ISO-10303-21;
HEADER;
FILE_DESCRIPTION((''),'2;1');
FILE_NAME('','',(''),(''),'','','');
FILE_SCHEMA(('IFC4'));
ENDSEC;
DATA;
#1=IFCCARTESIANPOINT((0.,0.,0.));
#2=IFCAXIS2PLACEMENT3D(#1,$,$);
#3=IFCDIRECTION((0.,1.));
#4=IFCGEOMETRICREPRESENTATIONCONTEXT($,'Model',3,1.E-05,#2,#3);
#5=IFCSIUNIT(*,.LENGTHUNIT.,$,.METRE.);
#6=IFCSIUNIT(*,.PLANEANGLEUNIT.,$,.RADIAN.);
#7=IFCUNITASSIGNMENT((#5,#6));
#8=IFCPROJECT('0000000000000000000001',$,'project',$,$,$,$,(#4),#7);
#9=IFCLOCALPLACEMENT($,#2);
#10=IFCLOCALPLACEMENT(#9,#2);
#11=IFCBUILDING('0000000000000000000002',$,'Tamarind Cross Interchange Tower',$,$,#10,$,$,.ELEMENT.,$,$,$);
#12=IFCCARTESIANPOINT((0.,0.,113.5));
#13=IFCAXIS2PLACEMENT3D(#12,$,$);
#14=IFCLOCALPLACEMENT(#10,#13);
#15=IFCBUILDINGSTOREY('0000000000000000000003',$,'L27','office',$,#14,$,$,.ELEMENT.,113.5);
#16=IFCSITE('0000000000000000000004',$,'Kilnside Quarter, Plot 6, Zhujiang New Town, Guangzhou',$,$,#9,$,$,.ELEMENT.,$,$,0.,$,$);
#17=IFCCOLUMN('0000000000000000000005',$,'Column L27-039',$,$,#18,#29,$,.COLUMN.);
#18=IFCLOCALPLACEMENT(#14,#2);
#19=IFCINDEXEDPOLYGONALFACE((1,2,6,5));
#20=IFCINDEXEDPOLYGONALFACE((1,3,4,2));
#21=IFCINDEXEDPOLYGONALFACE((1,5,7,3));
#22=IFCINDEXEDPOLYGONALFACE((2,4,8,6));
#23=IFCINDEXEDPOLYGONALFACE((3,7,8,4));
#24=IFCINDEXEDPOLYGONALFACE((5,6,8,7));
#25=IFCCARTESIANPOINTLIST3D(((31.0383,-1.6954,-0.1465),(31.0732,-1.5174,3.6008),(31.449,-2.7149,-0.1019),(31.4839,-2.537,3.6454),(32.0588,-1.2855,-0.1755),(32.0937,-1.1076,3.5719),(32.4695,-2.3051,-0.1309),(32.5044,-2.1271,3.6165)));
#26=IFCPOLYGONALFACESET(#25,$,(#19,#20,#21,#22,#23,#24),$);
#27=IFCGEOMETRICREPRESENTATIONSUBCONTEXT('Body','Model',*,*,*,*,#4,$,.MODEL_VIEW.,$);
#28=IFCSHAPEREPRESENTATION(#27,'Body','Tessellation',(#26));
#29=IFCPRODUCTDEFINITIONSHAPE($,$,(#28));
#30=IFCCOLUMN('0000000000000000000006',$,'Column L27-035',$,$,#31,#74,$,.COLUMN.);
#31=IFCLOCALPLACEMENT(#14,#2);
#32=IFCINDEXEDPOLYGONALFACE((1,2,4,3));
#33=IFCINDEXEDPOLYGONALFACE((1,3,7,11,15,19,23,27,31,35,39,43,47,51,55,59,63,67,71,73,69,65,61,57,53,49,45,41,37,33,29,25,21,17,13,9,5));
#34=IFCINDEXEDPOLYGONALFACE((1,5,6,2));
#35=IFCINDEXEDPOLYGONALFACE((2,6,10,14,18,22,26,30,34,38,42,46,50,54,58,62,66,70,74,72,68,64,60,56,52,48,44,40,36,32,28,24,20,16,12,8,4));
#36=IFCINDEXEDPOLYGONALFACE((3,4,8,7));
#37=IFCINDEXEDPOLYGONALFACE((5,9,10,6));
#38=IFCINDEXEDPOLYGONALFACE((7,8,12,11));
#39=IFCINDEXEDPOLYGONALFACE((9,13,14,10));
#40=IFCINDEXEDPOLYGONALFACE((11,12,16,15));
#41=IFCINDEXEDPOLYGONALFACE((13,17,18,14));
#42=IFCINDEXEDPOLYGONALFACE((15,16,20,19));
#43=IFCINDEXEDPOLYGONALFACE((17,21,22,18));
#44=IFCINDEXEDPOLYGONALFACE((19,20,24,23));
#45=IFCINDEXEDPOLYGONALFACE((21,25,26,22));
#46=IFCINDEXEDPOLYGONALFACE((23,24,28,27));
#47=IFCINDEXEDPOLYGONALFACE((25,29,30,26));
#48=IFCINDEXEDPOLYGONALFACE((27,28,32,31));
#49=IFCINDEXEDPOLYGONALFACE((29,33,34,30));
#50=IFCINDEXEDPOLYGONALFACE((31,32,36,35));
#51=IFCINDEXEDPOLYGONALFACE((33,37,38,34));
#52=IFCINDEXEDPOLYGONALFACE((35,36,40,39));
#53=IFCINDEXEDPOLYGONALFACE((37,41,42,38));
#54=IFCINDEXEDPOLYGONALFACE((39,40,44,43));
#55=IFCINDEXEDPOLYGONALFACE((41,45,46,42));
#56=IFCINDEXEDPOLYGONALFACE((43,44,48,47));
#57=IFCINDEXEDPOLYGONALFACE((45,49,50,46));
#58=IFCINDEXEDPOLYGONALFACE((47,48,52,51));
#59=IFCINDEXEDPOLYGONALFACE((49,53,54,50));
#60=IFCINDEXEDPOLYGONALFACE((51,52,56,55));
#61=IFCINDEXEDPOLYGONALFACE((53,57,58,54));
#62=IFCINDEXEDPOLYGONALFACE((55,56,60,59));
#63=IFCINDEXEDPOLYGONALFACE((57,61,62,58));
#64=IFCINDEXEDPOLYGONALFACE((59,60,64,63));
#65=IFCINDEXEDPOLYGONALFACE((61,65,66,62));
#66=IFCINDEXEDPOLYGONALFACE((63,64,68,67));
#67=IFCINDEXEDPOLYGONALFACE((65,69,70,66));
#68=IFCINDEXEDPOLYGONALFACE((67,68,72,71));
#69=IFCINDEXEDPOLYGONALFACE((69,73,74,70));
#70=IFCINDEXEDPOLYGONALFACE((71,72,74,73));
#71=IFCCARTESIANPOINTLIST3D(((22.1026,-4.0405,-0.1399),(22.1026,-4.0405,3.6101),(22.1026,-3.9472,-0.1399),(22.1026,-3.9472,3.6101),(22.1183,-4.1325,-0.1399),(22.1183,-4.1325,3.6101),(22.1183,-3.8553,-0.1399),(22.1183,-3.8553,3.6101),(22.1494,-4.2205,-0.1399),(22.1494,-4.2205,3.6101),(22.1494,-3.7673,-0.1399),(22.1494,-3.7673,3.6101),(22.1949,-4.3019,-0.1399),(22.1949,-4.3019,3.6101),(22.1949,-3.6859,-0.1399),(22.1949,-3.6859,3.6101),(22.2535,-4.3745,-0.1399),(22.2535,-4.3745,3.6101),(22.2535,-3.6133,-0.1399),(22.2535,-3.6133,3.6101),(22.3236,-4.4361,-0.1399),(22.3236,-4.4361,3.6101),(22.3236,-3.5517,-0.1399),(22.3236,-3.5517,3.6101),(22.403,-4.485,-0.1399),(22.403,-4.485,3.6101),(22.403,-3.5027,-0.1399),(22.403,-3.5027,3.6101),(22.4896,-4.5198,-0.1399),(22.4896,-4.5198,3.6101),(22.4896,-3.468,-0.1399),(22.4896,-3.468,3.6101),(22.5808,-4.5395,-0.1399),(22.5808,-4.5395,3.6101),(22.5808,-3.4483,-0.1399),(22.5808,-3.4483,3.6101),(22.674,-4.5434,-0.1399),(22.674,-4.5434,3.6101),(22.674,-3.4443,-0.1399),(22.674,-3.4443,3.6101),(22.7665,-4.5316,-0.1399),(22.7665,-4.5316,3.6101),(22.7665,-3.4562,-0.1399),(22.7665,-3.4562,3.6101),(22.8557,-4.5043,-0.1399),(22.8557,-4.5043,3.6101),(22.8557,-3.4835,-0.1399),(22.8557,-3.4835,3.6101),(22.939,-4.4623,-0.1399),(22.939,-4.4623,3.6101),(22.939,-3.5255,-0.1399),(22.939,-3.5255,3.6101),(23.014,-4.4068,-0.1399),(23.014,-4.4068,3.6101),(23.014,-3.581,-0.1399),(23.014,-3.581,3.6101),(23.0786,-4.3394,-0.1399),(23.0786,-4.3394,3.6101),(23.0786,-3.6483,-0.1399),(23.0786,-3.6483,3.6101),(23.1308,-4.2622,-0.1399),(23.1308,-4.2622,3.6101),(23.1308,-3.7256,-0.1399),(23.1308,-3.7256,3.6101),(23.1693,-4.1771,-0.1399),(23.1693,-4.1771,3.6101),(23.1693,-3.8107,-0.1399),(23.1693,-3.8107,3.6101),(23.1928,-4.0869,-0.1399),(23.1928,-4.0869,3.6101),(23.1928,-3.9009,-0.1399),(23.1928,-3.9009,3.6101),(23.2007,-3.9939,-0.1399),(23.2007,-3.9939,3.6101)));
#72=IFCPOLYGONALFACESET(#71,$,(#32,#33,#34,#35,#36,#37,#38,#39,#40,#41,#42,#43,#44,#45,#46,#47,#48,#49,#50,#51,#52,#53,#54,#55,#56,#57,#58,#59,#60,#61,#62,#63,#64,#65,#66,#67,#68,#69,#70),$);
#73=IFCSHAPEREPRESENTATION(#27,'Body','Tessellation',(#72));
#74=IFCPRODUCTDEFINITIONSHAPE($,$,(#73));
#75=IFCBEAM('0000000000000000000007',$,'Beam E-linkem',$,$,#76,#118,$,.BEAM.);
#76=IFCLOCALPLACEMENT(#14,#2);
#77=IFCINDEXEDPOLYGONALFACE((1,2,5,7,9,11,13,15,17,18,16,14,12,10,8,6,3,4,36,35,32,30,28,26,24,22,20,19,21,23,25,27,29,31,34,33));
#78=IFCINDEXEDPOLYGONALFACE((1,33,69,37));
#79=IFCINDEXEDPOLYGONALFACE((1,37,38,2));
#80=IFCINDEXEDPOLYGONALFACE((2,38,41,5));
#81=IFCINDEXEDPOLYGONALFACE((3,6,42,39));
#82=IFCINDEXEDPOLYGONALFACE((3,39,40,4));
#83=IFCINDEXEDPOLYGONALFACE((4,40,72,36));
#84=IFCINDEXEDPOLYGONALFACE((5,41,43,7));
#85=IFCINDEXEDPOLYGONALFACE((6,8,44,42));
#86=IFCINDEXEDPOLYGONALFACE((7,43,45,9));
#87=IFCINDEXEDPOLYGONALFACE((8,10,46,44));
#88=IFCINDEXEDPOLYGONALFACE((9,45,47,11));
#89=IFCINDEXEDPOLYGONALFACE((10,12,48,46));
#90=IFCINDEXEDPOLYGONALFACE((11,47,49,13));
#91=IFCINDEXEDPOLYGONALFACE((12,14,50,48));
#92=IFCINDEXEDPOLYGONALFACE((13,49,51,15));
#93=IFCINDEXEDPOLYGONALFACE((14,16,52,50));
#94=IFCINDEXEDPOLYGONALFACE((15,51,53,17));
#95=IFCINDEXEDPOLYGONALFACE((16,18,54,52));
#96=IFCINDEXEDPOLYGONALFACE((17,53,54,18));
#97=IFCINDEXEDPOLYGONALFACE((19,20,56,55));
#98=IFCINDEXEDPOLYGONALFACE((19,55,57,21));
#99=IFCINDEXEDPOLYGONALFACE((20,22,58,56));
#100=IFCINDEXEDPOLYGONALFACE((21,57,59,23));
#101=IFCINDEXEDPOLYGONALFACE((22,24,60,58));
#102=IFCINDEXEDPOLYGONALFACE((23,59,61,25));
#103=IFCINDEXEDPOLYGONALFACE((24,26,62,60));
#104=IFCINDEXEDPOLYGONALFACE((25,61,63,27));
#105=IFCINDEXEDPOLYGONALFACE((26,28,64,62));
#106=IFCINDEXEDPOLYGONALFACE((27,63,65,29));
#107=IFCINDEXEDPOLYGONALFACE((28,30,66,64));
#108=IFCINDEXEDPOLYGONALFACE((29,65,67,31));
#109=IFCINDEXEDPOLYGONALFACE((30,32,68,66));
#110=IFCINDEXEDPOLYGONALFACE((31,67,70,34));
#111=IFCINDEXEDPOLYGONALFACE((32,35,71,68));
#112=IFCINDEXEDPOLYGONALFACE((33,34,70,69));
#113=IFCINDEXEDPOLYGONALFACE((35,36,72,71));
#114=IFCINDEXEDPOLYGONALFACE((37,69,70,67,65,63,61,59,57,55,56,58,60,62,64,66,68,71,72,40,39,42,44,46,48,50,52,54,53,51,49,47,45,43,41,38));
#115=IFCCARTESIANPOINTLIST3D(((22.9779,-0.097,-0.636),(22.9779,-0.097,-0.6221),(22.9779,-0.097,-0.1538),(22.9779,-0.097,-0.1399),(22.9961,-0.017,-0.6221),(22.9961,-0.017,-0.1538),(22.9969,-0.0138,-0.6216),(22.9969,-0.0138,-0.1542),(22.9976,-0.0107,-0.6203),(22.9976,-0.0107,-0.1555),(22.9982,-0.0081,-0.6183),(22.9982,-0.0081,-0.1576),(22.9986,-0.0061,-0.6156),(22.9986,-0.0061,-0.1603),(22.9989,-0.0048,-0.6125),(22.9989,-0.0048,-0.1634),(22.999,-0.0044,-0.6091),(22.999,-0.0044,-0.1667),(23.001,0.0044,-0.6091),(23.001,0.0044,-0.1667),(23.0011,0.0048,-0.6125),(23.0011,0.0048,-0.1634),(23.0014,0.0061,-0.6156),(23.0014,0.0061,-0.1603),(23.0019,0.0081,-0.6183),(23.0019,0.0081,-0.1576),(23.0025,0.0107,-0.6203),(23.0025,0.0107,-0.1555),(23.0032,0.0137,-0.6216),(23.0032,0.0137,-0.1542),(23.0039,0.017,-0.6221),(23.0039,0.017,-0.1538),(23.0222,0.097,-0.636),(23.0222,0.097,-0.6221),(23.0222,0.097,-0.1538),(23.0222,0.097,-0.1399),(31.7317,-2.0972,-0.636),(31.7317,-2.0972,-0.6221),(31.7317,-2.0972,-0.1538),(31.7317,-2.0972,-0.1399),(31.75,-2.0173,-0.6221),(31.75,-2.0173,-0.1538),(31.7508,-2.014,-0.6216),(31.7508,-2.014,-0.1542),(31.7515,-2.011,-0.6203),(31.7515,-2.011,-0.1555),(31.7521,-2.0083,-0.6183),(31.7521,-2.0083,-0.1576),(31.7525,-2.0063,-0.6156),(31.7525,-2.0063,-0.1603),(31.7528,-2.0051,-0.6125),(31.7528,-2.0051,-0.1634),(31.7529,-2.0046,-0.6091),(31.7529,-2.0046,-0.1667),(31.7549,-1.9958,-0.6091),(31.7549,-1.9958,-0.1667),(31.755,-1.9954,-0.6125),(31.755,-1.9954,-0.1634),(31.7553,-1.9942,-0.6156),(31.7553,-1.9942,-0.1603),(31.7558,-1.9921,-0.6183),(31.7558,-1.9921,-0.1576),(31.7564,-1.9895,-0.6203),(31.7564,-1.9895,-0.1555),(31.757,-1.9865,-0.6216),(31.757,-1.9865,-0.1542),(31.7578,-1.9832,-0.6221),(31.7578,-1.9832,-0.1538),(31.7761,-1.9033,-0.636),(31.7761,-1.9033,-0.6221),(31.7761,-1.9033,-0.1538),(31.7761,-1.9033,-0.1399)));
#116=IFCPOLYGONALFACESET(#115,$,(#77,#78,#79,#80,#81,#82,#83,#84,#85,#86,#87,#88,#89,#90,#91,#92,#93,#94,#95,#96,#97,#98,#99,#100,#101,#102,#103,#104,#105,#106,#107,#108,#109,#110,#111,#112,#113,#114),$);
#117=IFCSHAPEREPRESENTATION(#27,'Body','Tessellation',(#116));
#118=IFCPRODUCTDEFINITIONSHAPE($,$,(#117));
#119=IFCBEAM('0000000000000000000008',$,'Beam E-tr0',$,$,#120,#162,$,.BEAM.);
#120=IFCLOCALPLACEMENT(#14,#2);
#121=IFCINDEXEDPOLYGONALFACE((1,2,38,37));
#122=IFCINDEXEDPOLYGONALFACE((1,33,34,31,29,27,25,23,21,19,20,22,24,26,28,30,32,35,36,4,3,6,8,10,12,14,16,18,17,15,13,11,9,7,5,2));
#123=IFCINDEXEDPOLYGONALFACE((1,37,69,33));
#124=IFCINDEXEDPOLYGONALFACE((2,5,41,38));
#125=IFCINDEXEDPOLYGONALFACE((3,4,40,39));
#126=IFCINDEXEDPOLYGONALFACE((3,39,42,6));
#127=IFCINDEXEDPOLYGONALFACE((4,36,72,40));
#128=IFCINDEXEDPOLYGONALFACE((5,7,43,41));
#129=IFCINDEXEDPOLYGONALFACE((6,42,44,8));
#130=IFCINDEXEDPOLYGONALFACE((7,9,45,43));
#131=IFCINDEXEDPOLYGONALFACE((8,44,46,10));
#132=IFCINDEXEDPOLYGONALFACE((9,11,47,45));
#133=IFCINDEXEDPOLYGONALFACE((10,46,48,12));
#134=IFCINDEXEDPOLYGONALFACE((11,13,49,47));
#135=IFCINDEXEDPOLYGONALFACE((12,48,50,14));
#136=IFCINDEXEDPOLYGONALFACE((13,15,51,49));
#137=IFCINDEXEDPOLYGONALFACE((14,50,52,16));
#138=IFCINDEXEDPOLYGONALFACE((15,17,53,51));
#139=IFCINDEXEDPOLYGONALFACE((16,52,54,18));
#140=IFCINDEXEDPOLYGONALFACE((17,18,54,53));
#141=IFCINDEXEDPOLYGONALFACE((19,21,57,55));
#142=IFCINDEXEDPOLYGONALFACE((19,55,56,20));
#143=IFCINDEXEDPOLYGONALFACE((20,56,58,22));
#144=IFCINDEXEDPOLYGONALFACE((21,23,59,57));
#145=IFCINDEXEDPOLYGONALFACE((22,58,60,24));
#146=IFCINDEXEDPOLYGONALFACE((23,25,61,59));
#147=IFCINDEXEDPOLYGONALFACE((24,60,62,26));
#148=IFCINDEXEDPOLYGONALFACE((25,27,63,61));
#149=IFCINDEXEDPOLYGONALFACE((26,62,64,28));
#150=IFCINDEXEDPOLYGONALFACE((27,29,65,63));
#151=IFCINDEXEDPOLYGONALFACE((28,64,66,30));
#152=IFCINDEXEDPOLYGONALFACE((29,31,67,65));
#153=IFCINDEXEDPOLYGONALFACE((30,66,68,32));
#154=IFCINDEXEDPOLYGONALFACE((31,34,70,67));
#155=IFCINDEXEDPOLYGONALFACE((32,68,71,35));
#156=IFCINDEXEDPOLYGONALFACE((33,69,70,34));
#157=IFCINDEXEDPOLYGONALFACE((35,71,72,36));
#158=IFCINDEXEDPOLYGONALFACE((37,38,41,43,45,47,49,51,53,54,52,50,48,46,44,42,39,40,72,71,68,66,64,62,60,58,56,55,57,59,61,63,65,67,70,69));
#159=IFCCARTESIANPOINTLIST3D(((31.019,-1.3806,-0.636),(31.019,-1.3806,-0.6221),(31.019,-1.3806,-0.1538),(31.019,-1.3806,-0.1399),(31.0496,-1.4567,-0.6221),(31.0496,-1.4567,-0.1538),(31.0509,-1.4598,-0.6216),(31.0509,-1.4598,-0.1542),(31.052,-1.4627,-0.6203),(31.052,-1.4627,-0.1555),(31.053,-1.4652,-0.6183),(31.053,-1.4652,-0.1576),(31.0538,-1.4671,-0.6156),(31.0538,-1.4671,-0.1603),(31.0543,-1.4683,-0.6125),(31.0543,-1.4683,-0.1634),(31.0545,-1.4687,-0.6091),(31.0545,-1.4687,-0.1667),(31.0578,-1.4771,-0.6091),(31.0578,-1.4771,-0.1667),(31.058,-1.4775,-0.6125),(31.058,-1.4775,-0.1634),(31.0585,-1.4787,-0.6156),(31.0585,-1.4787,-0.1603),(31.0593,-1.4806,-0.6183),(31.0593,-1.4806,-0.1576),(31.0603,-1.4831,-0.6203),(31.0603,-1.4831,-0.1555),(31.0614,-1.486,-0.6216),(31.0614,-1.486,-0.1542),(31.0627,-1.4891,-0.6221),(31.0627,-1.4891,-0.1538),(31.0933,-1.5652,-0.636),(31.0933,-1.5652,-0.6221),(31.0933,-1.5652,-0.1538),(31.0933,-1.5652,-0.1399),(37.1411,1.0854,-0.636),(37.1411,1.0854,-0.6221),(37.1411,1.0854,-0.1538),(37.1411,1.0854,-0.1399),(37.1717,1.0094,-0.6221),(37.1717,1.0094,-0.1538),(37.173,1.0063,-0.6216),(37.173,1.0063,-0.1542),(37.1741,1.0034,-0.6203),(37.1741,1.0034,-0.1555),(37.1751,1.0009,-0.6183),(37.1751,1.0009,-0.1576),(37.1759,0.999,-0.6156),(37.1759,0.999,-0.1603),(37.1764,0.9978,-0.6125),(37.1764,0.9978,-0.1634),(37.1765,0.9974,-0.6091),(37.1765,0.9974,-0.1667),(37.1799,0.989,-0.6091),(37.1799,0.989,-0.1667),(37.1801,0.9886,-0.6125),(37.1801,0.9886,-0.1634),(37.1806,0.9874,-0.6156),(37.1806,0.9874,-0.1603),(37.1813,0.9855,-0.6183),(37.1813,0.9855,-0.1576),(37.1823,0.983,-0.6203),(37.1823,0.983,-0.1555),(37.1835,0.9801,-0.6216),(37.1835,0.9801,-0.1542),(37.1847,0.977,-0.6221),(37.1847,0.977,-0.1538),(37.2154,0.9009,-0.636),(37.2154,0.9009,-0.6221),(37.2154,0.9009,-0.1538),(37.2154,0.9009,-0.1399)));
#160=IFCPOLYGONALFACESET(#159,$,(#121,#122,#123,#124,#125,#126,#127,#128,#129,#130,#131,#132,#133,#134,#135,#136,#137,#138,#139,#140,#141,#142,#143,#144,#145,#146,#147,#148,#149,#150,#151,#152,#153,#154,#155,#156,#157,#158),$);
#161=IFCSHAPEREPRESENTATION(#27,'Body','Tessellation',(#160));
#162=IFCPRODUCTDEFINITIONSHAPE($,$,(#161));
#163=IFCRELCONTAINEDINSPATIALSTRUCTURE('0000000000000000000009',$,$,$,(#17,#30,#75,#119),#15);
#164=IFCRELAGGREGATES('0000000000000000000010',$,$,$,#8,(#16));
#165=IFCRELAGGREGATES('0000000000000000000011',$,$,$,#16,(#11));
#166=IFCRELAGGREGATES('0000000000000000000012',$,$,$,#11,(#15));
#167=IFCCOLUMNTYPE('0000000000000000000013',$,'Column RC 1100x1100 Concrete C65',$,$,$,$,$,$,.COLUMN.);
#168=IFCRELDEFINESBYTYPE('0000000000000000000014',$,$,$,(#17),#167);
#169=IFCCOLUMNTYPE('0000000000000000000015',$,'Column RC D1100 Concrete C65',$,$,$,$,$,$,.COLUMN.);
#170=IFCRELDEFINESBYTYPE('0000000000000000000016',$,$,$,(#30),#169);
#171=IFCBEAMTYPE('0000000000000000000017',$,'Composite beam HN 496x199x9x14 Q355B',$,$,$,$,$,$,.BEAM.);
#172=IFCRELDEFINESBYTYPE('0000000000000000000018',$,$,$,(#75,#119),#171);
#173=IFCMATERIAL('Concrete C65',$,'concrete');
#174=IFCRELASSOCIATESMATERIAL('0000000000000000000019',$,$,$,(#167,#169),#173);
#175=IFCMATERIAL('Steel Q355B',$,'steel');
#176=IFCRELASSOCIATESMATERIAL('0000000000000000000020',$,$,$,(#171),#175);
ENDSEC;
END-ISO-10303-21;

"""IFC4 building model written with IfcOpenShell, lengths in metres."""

from ifc_helpers import new_model, si_unit, direction, frame, origin, origin_2d, place, context, subcontext, project, spatial, rectangle, circle, i_section, extrude, material, material_profile, profile_set, type_object, element, save


model = new_model("IFC4")

# Units and contexts
model_context = context("Model", 3, precision=1e-05, world=origin(), true_north=direction((0.0, 1.0)))
body_context = subcontext(model_context, "Body", "Model", "MODEL_VIEW")
ifc_project = project(units=[si_unit("LENGTHUNIT", "METRE"), si_unit("PLANEANGLEUNIT", "RADIAN")], contexts=[model_context])

# Site, building, storey
site_placement = place(None, origin())
site = spatial("IfcSite", under=ifc_project, at=site_placement, Name="Kilnside Quarter, Plot 6, Zhujiang New Town, Guangzhou", CompositionType="ELEMENT", RefElevation=0.0)
building_placement = place(site_placement, origin())
building = spatial("IfcBuilding", under=site, at=building_placement, Name="Tamarind Cross Interchange Tower", CompositionType="ELEMENT")
storey_placement = place(building_placement, frame((0.0, 0.0, 113.5)))
storey = spatial("IfcBuildingStorey", under=building, at=storey_placement, Name="L27", Description="office", CompositionType="ELEMENT", Elevation=113.5)

# Columns
ifc_material_1 = material(Name="Concrete C65", Category="concrete")
ifc_material_profile_1 = material_profile(ifc_material_1, rectangle(XDim=1.1001, YDim=1.1001, at=origin_2d()), Name="RC 1100x1100")
ifc_profile_set_1 = profile_set([ifc_material_profile_1], Name="Concrete C65")
column_type_1 = type_object("IfcColumnType", Name="Column RC 1100x1100 Concrete C65", PredefinedType="COLUMN", material=ifc_profile_set_1)
column_1_placement = place(storey_placement, frame((31.7539, -2.0002, -0.1387), z_axis=(0.009306, 0.047439, 0.998831), x_axis=(-0.927649, -0.372523, 0.026335)))
element("IfcColumn", 1, at=column_1_placement, inside=storey, type_object=column_type_1, Name="Column L27-039", PredefinedType="COLUMN", context=body_context, shape_type="SweptSolid", body=[
    extrude(rectangle(XDim=1.1001, YDim=1.1001, at=origin_2d()), origin(), (0.0, 0.0, 1.0), 3.7517),
])
ifc_material_profile_2 = material_profile(ifc_material_1, circle(Radius=0.55, at=origin_2d()), Name="RC D1100")
ifc_profile_set_2 = profile_set([ifc_material_profile_2], Name="Concrete C65")
column_type_2 = type_object("IfcColumnType", Name="Column RC D1100 Concrete C65", PredefinedType="COLUMN", material=ifc_profile_set_2)
column_2_placement = place(storey_placement, frame((22.6506, -3.9939, -0.1399), z_axis=(0.0, 0.0, 1.0), x_axis=(1.0, 0.0, 0.0)))
element("IfcColumn", 2, at=column_2_placement, inside=storey, type_object=column_type_2, Name="Column L27-035", PredefinedType="COLUMN", context=body_context, shape_type="SweptSolid", body=[
    extrude(circle(Radius=0.55, at=origin_2d()), origin(), (0.0, 0.0, 1.0), 3.75),
])

# Beams
ifc_material_2 = material(Name="Steel Q355B", Category="steel")
ifc_material_profile_3 = material_profile(ifc_material_2, i_section(OverallWidth=0.199, OverallDepth=0.4961, WebThickness=0.009, FlangeThickness=0.0139, FilletRadius=0.0129, at=origin_2d()), Name="HN 496x199x9x14")
ifc_profile_set_3 = profile_set([ifc_material_profile_3], Name="Steel Q355B")
beam_type_1 = type_object("IfcBeamType", Name="Composite beam HN 496x199x9x14 Q355B", PredefinedType="BEAM", material=ifc_profile_set_3)
beam_1_placement = place(storey_placement, frame((31.7539, -2.0002, -0.3879), z_axis=(-0.974874, 0.222756, 0.0), x_axis=(-0.222756, -0.974874, 0.0)))
element("IfcBeam", 3, at=beam_1_placement, inside=storey, type_object=beam_type_1, Name="Beam E-linkem", PredefinedType="BEAM", context=body_context, shape_type="SweptSolid", body=[
    extrude(i_section(OverallWidth=0.199, OverallDepth=0.4961, WebThickness=0.009, FlangeThickness=0.0139, FilletRadius=0.0129, at=origin_2d()), origin(), (0.0, 0.0, 1.0), 8.9795),
])
beam_2_placement = place(storey_placement, frame((31.0562, -1.4729, -0.3879), z_axis=(0.927573, 0.373641, 0.0), x_axis=(-0.373641, 0.927573, 0.0)))
element("IfcBeam", 4, at=beam_2_placement, inside=storey, type_object=beam_type_1, Name="Beam E-tr0", PredefinedType="BEAM", context=body_context, shape_type="SweptSolid", body=[
    extrude(i_section(OverallWidth=0.199, OverallDepth=0.4961, WebThickness=0.009, FlangeThickness=0.0139, FilletRadius=0.0129, at=origin_2d()), origin(), (0.0, 0.0, 1.0), 6.6001),
])

save(model, "model.ifc")
